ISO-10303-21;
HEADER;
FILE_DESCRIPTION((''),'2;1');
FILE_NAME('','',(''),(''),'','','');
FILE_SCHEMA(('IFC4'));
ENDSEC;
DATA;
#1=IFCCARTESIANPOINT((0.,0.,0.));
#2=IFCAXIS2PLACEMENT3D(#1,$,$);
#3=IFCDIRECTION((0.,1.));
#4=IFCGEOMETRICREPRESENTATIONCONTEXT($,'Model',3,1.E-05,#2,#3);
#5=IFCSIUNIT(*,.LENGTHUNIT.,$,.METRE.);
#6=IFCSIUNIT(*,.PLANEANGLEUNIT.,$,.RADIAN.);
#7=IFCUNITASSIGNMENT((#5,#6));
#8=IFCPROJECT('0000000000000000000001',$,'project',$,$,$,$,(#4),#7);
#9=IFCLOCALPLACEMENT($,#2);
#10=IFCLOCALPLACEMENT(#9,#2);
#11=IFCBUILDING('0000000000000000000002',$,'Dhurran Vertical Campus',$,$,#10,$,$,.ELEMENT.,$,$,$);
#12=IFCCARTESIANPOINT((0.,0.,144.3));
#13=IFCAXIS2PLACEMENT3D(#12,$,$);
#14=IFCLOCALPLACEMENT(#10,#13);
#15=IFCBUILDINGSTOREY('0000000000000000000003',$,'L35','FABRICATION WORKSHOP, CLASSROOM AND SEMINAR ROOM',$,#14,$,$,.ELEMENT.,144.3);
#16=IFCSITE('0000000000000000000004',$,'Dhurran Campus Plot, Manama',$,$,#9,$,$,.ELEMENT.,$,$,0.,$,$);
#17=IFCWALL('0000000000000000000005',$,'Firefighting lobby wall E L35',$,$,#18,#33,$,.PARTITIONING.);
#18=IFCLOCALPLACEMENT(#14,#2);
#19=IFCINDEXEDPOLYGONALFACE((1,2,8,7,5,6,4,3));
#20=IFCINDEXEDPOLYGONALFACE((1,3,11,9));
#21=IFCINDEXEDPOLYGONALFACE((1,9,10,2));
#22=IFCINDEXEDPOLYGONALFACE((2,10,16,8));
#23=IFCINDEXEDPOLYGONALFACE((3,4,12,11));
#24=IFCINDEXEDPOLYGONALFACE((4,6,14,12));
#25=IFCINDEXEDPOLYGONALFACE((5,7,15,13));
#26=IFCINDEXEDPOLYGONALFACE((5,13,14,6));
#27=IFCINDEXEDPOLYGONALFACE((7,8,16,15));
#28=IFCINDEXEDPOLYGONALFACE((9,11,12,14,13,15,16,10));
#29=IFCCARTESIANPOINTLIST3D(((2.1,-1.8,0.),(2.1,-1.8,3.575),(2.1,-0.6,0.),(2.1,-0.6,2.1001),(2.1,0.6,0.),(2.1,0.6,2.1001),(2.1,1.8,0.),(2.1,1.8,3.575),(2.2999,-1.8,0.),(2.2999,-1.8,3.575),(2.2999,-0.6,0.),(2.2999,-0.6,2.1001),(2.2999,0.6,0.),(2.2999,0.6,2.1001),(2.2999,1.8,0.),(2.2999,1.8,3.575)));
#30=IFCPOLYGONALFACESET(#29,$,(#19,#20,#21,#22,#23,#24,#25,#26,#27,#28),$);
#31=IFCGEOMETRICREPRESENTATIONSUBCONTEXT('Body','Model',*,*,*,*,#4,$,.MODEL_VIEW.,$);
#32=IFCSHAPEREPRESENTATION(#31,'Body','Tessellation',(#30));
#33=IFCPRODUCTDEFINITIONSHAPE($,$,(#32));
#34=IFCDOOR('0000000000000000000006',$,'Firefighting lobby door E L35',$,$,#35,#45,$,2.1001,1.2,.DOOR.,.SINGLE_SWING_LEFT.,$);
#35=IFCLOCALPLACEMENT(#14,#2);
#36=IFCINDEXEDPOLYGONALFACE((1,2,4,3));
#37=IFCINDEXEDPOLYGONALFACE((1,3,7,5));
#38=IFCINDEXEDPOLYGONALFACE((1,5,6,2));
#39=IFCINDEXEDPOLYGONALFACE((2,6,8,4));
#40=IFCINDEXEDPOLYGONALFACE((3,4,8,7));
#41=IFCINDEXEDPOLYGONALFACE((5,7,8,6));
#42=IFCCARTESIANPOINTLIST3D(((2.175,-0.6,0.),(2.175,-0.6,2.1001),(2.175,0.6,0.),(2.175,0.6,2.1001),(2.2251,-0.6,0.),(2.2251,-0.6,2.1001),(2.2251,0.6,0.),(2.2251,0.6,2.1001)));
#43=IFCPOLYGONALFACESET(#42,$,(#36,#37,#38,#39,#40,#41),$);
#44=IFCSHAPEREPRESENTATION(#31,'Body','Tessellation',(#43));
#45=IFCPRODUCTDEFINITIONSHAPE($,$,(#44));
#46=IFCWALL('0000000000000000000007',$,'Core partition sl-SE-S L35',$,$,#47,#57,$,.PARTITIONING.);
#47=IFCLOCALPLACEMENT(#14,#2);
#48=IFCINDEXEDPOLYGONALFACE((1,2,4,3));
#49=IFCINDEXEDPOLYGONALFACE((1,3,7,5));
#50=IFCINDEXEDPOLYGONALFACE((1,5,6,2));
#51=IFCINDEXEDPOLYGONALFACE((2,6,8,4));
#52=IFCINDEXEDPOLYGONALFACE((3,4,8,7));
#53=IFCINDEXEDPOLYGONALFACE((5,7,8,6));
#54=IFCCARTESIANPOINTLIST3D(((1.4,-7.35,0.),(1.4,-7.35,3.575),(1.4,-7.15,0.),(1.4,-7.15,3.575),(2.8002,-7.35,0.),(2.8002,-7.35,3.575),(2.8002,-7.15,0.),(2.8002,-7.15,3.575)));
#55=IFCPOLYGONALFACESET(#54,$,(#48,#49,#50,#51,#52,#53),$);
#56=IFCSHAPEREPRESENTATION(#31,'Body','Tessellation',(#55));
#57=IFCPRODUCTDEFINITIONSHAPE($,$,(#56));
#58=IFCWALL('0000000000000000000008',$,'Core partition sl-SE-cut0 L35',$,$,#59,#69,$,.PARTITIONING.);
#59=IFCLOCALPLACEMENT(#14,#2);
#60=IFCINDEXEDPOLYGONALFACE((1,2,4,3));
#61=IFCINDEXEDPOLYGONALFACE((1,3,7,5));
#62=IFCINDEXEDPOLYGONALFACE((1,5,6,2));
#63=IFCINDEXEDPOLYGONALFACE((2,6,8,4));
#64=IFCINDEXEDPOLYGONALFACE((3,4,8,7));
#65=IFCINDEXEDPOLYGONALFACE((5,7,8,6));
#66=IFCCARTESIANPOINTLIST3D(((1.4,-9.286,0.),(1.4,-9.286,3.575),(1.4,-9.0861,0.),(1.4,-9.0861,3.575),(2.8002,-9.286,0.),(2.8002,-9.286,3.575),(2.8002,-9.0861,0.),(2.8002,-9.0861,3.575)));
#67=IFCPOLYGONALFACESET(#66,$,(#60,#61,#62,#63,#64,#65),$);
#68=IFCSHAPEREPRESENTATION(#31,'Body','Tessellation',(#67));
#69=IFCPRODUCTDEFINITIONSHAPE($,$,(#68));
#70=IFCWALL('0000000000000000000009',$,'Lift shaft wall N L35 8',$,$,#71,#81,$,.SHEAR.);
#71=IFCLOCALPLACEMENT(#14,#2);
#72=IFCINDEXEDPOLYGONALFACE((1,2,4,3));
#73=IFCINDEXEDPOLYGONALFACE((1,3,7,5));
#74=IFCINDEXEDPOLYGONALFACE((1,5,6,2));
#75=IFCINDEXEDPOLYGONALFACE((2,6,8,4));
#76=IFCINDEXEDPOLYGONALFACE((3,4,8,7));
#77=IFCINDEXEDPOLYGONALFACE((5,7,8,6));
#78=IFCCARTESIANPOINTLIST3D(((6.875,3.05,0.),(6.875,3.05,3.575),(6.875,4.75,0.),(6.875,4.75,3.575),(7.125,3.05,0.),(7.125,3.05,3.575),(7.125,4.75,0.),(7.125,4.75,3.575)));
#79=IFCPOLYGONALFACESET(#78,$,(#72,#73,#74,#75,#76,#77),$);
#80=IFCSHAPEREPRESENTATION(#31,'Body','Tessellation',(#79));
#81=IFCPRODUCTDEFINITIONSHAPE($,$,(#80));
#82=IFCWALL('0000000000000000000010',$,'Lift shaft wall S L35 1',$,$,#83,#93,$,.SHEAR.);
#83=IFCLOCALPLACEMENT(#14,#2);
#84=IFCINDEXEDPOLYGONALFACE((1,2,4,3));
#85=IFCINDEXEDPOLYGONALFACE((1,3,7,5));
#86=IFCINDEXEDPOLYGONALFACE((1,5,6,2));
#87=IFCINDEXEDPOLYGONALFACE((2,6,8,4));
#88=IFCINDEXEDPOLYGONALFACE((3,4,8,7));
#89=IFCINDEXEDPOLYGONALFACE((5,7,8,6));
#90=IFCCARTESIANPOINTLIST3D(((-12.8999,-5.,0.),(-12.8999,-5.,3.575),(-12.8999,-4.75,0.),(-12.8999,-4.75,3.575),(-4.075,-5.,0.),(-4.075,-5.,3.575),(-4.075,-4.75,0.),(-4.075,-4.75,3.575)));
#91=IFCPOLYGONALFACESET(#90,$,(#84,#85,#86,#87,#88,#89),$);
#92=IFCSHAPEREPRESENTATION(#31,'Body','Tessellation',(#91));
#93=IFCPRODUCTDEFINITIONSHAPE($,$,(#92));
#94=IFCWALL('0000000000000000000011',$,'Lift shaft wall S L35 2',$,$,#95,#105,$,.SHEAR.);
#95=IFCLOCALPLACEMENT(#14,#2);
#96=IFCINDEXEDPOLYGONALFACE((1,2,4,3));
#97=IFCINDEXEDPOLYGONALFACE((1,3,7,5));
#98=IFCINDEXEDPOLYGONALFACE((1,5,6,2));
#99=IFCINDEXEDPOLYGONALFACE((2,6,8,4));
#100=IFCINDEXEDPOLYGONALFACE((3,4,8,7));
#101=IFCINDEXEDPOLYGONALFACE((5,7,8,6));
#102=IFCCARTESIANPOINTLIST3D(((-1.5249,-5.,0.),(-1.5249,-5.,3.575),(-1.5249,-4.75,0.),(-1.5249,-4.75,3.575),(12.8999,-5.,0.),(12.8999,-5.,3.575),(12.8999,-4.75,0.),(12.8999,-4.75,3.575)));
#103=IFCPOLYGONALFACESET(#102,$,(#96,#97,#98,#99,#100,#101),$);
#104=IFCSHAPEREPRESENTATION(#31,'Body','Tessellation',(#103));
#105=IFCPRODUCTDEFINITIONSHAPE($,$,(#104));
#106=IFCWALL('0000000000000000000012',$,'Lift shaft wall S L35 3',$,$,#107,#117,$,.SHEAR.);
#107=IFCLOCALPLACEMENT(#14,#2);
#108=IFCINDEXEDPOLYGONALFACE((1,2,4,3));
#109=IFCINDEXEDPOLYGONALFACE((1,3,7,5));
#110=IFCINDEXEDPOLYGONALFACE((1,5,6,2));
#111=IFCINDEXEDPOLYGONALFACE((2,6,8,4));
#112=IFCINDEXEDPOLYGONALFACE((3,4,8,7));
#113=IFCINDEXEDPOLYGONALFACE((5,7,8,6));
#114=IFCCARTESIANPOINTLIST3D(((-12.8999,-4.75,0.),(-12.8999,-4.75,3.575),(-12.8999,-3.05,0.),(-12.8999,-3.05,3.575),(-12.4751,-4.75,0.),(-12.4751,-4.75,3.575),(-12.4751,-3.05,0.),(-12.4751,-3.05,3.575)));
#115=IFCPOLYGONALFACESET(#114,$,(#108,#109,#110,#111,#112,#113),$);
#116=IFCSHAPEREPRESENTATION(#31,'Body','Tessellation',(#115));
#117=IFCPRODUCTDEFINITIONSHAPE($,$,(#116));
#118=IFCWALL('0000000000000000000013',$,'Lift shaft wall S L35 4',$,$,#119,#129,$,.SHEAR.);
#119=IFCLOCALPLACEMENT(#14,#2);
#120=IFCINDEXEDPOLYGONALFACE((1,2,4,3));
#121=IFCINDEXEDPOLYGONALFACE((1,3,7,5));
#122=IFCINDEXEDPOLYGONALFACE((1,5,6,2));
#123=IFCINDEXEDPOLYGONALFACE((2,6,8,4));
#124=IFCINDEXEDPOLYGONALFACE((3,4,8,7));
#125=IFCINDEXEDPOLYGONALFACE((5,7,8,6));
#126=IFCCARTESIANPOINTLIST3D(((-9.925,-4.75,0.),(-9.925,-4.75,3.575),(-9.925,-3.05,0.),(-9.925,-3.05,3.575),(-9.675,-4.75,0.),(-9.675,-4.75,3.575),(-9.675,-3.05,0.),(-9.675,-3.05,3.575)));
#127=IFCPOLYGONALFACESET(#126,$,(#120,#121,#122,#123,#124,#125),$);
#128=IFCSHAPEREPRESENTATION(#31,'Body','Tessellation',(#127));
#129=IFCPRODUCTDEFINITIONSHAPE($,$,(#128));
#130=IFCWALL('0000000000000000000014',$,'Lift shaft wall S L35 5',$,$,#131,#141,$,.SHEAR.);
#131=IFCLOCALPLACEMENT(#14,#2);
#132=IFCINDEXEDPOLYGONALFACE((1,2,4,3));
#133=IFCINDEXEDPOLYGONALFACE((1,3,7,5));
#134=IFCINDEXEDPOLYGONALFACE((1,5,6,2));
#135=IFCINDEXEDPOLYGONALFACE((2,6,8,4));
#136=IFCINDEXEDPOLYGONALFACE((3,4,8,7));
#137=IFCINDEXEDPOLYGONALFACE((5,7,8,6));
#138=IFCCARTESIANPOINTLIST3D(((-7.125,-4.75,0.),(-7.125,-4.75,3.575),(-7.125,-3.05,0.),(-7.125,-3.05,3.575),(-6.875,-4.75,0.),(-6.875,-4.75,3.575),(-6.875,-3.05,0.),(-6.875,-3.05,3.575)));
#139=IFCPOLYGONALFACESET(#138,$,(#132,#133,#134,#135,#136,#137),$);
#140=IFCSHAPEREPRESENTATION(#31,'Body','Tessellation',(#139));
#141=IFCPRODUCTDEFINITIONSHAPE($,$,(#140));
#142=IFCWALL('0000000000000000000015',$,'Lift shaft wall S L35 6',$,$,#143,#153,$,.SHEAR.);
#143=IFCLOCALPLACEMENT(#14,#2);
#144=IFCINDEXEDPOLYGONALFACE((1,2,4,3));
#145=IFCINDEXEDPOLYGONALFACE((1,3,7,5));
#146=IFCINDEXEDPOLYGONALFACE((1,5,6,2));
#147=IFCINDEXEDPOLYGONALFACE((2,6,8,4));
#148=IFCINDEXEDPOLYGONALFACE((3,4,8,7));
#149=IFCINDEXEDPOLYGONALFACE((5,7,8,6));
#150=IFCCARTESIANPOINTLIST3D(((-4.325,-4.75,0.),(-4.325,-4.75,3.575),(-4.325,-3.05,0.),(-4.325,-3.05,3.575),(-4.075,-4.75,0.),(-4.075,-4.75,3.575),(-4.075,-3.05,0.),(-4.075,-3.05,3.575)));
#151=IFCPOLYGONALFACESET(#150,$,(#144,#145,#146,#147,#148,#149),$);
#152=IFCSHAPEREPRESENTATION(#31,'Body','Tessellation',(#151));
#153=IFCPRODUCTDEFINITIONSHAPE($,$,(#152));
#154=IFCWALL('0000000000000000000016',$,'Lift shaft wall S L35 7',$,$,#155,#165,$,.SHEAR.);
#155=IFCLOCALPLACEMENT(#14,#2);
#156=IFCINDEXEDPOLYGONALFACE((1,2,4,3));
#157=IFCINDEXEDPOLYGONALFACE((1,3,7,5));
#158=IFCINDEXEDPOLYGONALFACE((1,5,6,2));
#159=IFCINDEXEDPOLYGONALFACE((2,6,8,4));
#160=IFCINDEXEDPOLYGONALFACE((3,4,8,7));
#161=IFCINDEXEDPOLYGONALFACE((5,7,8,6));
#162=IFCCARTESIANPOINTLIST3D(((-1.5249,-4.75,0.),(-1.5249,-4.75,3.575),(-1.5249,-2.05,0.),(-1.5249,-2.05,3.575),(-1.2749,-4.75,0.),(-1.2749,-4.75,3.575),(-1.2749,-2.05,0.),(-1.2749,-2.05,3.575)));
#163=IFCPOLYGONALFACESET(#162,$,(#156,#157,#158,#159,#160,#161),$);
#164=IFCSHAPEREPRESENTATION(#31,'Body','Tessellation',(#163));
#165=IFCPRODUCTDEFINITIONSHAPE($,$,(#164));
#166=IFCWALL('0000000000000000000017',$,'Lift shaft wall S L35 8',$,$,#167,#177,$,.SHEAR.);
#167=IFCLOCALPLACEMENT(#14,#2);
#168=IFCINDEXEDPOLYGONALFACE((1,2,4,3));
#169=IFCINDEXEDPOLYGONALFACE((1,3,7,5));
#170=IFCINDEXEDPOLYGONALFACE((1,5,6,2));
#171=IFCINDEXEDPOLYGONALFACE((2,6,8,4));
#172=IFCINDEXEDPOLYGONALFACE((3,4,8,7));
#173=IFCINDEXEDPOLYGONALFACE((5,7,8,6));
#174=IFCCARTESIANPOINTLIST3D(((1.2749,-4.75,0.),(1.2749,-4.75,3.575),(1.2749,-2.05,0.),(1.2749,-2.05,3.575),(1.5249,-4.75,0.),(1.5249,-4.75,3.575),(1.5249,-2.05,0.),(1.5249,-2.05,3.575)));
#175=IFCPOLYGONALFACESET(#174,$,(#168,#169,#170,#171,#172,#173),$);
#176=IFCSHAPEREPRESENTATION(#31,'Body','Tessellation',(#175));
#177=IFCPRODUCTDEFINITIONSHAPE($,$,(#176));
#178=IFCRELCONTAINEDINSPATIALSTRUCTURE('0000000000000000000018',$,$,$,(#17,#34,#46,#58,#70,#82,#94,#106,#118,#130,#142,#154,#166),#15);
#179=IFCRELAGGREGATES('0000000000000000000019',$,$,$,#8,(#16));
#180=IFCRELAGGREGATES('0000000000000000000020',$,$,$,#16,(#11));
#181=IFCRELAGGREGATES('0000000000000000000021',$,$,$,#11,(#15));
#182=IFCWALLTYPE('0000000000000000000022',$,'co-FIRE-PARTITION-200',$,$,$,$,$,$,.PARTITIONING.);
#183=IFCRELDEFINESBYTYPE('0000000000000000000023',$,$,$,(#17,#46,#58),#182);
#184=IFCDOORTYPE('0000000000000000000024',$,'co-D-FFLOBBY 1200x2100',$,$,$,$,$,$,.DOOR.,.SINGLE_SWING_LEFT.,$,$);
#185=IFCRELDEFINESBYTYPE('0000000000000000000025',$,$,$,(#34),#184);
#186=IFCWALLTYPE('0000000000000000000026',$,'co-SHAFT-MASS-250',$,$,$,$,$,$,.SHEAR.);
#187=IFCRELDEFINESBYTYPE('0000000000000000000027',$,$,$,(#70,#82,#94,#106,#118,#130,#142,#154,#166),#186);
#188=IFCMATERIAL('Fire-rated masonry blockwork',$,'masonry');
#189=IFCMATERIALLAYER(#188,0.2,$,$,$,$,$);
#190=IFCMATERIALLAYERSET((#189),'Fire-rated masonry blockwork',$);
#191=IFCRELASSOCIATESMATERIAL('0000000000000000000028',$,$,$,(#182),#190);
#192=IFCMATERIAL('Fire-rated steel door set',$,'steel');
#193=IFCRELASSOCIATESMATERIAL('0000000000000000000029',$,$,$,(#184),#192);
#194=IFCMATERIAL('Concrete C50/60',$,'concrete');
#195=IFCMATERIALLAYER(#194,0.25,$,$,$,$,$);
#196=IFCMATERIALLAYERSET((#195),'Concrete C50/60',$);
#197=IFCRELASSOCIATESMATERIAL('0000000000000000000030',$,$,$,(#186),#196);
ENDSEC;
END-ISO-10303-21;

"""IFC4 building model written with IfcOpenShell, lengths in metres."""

from ifc_helpers import new_model, si_unit, direction, frame, frame_2d, origin, place, context, subcontext, project, spatial, polyline, rectangle, outline, extrude, material, layer, layer_set, type_object, element, fill, save


model = new_model("IFC4")

# Units and contexts
model_context = context("Model", 3, precision=1e-05, world=origin(), true_north=direction((0.0, 1.0)))
body_context = subcontext(model_context, "Body", "Model", "MODEL_VIEW")
ifc_project = project(units=[si_unit("LENGTHUNIT", "METRE"), si_unit("PLANEANGLEUNIT", "RADIAN")], contexts=[model_context])

# Site, building, storey
site_placement = place(None, origin())
site = spatial("IfcSite", under=ifc_project, at=site_placement, Name="Dhurran Campus Plot, Manama", CompositionType="ELEMENT", RefElevation=0.0)
building_placement = place(site_placement, origin())
building = spatial("IfcBuilding", under=site, at=building_placement, Name="Dhurran Vertical Campus", CompositionType="ELEMENT")
storey_placement = place(building_placement, frame((0.0, 0.0, 144.3)))
storey = spatial("IfcBuildingStorey", under=building, at=storey_placement, Name="L35", Description="FABRICATION WORKSHOP, CLASSROOM AND SEMINAR ROOM", CompositionType="ELEMENT", Elevation=144.3)

# Wall, opening, door
ifc_material_1 = material(Name="Fire-rated masonry blockwork", Category="masonry")
ifc_layer_1 = layer(ifc_material_1, 0.2)
ifc_layer_set_1 = layer_set([ifc_layer_1], Name="Fire-rated masonry blockwork")
wall_type_1 = type_object("IfcWallType", Name="co-FIRE-PARTITION-200", PredefinedType="PARTITIONING", material=ifc_layer_set_1)
wall_1_placement = place(storey_placement, frame((2.2, -1.8, 0.0), z_axis=(0.0, 0.0, 1.0), x_axis=(0.0, 1.0, 0.0)))
wall_1 = element("IfcWall", 1, at=wall_1_placement, inside=storey, type_object=wall_type_1, Name="Firefighting lobby wall E L35", PredefinedType="PARTITIONING", context=body_context, shape_type="SweptSolid", body=[
    extrude(rectangle(XDim=3.6001, YDim=0.2, at=frame_2d((1.8, 0.0))), origin(), (0.0, 0.0, 1.0), 3.575),
])
opening_1_placement = place(wall_1_placement, frame((1.2, 0.0, 0.0)))
opening_1 = element("IfcOpeningElement", 2, at=opening_1_placement, cuts=wall_1, PredefinedType="OPENING", context=body_context, shape_type="SweptSolid", body=[
    extrude(rectangle(XDim=1.2, YDim=2.1001, at=frame_2d((0.6001, 1.05))), frame((0.0, 0.1099, 0.0), z_axis=(0.0, -1.0, 0.0), x_axis=(1.0, 0.0, 0.0)), (0.0, 0.0, 1.0), 0.22),
])
ifc_material_2 = material(Name="Fire-rated steel door set", Category="steel")
door_type_1 = type_object("IfcDoorType", Name="co-D-FFLOBBY 1200x2100", OperationType="SINGLE_SWING_LEFT", PredefinedType="DOOR", material=ifc_material_2)
door_1_placement = place(opening_1_placement, origin())
door_1 = element("IfcDoor", 3, at=door_1_placement, inside=storey, type_object=door_type_1, Name="Firefighting lobby door E L35", OperationType="SINGLE_SWING_LEFT", OverallHeight=2.1001, OverallWidth=1.2, PredefinedType="DOOR", context=body_context, shape_type="SweptSolid", body=[
    extrude(rectangle(XDim=1.2, YDim=2.1001, at=frame_2d((0.6001, 1.05))), frame((0.0, 0.0249, 0.0), z_axis=(0.0, -1.0, 0.0), x_axis=(1.0, 0.0, 0.0)), (0.0, 0.0, 1.0), 0.05),
])
fill(opening_1, door_1)

# Walls
for number, where, z_axis, x_axis, name in (
    (4, (1.3999, -7.25, 0.0), (0.0, 0.0, 1.0), (1.0, 0.0, 0.0), "Core partition sl-SE-S L35"),
    (5, (1.3999, -9.186, 0.0), (0.0, 0.0, 1.0), (1.0, 0.0, 0.0), "Core partition sl-SE-cut0 L35"),
):
    element("IfcWall", number, at=place(storey_placement, frame(where, z_axis=z_axis, x_axis=x_axis)), inside=storey, type_object=wall_type_1, Name=name, PredefinedType="PARTITIONING", context=body_context, shape_type="SweptSolid", body=[
        extrude(rectangle(XDim=1.4001, YDim=0.2, at=frame_2d((0.7002, 0.0))), origin(), (0.0, 0.0, 1.0), 3.575),
    ])
ifc_material_3 = material(Name="Concrete C50/60", Category="concrete")
ifc_layer_2 = layer(ifc_material_3, 0.25)
ifc_layer_set_2 = layer_set([ifc_layer_2], Name="Concrete C50/60")
wall_type_2 = type_object("IfcWallType", Name="co-SHAFT-MASS-250", PredefinedType="SHEAR", material=ifc_layer_set_2)
wall_2_placement = place(storey_placement, origin())
element("IfcWall", 6, at=wall_2_placement, inside=storey, type_object=wall_type_2, Name="Lift shaft wall N L35 8", PredefinedType="SHEAR", context=body_context, shape_type="SweptSolid", body=[
    extrude(outline(polyline([(6.875, 3.05), (7.125, 3.05), (7.125, 4.75), (6.875, 4.75), (6.875, 3.05)])), origin(), (0.0, 0.0, 1.0), 3.575),
])
wall_3_placement = place(storey_placement, origin())
element("IfcWall", 7, at=wall_3_placement, inside=storey, type_object=wall_type_2, Name="Lift shaft wall S L35 1", PredefinedType="SHEAR", context=body_context, shape_type="SweptSolid", body=[
    extrude(outline(polyline([(-12.8999, -5.0), (-4.075, -5.0), (-4.075, -4.75), (-12.8999, -4.75), (-12.8999, -5.0)])), origin(), (0.0, 0.0, 1.0), 3.575),
])
wall_4_placement = place(storey_placement, origin())
element("IfcWall", 8, at=wall_4_placement, inside=storey, type_object=wall_type_2, Name="Lift shaft wall S L35 2", PredefinedType="SHEAR", context=body_context, shape_type="SweptSolid", body=[
    extrude(outline(polyline([(-1.5249, -5.0), (12.8999, -5.0), (12.8999, -4.75), (-1.5249, -4.75), (-1.5249, -5.0)])), origin(), (0.0, 0.0, 1.0), 3.575),
])
wall_5_placement = place(storey_placement, origin())
element("IfcWall", 9, at=wall_5_placement, inside=storey, type_object=wall_type_2, Name="Lift shaft wall S L35 3", PredefinedType="SHEAR", context=body_context, shape_type="SweptSolid", body=[
    extrude(outline(polyline([(-12.8999, -4.75), (-12.4751, -4.75), (-12.4751, -3.05), (-12.8999, -3.05), (-12.8999, -4.75)])), origin(), (0.0, 0.0, 1.0), 3.575),
])
wall_6_placement = place(storey_placement, origin())
element("IfcWall", 10, at=wall_6_placement, inside=storey, type_object=wall_type_2, Name="Lift shaft wall S L35 4", PredefinedType="SHEAR", context=body_context, shape_type="SweptSolid", body=[
    extrude(outline(polyline([(-9.925, -4.75), (-9.675, -4.75), (-9.675, -3.05), (-9.925, -3.05), (-9.925, -4.75)])), origin(), (0.0, 0.0, 1.0), 3.575),
])
wall_7_placement = place(storey_placement, origin())
element("IfcWall", 11, at=wall_7_placement, inside=storey, type_object=wall_type_2, Name="Lift shaft wall S L35 5", PredefinedType="SHEAR", context=body_context, shape_type="SweptSolid", body=[
    extrude(outline(polyline([(-7.125, -4.75), (-6.875, -4.75), (-6.875, -3.05), (-7.125, -3.05), (-7.125, -4.75)])), origin(), (0.0, 0.0, 1.0), 3.575),
])
wall_8_placement = place(storey_placement, origin())
element("IfcWall", 12, at=wall_8_placement, inside=storey, type_object=wall_type_2, Name="Lift shaft wall S L35 6", PredefinedType="SHEAR", context=body_context, shape_type="SweptSolid", body=[
    extrude(outline(polyline([(-4.325, -4.75), (-4.075, -4.75), (-4.075, -3.05), (-4.325, -3.05), (-4.325, -4.75)])), origin(), (0.0, 0.0, 1.0), 3.575),
])
wall_9_placement = place(storey_placement, origin())
element("IfcWall", 13, at=wall_9_placement, inside=storey, type_object=wall_type_2, Name="Lift shaft wall S L35 7", PredefinedType="SHEAR", context=body_context, shape_type="SweptSolid", body=[
    extrude(outline(polyline([(-1.5249, -4.75), (-1.2749, -4.75), (-1.2749, -2.05), (-1.5249, -2.05), (-1.5249, -4.75)])), origin(), (0.0, 0.0, 1.0), 3.575),
])
wall_10_placement = place(storey_placement, origin())
element("IfcWall", 14, at=wall_10_placement, inside=storey, type_object=wall_type_2, Name="Lift shaft wall S L35 8", PredefinedType="SHEAR", context=body_context, shape_type="SweptSolid", body=[
    extrude(outline(polyline([(1.2749, -4.75), (1.5249, -4.75), (1.5249, -2.05), (1.2749, -2.05), (1.2749, -4.75)])), origin(), (0.0, 0.0, 1.0), 3.575),
])

save(model, "model.ifc")
